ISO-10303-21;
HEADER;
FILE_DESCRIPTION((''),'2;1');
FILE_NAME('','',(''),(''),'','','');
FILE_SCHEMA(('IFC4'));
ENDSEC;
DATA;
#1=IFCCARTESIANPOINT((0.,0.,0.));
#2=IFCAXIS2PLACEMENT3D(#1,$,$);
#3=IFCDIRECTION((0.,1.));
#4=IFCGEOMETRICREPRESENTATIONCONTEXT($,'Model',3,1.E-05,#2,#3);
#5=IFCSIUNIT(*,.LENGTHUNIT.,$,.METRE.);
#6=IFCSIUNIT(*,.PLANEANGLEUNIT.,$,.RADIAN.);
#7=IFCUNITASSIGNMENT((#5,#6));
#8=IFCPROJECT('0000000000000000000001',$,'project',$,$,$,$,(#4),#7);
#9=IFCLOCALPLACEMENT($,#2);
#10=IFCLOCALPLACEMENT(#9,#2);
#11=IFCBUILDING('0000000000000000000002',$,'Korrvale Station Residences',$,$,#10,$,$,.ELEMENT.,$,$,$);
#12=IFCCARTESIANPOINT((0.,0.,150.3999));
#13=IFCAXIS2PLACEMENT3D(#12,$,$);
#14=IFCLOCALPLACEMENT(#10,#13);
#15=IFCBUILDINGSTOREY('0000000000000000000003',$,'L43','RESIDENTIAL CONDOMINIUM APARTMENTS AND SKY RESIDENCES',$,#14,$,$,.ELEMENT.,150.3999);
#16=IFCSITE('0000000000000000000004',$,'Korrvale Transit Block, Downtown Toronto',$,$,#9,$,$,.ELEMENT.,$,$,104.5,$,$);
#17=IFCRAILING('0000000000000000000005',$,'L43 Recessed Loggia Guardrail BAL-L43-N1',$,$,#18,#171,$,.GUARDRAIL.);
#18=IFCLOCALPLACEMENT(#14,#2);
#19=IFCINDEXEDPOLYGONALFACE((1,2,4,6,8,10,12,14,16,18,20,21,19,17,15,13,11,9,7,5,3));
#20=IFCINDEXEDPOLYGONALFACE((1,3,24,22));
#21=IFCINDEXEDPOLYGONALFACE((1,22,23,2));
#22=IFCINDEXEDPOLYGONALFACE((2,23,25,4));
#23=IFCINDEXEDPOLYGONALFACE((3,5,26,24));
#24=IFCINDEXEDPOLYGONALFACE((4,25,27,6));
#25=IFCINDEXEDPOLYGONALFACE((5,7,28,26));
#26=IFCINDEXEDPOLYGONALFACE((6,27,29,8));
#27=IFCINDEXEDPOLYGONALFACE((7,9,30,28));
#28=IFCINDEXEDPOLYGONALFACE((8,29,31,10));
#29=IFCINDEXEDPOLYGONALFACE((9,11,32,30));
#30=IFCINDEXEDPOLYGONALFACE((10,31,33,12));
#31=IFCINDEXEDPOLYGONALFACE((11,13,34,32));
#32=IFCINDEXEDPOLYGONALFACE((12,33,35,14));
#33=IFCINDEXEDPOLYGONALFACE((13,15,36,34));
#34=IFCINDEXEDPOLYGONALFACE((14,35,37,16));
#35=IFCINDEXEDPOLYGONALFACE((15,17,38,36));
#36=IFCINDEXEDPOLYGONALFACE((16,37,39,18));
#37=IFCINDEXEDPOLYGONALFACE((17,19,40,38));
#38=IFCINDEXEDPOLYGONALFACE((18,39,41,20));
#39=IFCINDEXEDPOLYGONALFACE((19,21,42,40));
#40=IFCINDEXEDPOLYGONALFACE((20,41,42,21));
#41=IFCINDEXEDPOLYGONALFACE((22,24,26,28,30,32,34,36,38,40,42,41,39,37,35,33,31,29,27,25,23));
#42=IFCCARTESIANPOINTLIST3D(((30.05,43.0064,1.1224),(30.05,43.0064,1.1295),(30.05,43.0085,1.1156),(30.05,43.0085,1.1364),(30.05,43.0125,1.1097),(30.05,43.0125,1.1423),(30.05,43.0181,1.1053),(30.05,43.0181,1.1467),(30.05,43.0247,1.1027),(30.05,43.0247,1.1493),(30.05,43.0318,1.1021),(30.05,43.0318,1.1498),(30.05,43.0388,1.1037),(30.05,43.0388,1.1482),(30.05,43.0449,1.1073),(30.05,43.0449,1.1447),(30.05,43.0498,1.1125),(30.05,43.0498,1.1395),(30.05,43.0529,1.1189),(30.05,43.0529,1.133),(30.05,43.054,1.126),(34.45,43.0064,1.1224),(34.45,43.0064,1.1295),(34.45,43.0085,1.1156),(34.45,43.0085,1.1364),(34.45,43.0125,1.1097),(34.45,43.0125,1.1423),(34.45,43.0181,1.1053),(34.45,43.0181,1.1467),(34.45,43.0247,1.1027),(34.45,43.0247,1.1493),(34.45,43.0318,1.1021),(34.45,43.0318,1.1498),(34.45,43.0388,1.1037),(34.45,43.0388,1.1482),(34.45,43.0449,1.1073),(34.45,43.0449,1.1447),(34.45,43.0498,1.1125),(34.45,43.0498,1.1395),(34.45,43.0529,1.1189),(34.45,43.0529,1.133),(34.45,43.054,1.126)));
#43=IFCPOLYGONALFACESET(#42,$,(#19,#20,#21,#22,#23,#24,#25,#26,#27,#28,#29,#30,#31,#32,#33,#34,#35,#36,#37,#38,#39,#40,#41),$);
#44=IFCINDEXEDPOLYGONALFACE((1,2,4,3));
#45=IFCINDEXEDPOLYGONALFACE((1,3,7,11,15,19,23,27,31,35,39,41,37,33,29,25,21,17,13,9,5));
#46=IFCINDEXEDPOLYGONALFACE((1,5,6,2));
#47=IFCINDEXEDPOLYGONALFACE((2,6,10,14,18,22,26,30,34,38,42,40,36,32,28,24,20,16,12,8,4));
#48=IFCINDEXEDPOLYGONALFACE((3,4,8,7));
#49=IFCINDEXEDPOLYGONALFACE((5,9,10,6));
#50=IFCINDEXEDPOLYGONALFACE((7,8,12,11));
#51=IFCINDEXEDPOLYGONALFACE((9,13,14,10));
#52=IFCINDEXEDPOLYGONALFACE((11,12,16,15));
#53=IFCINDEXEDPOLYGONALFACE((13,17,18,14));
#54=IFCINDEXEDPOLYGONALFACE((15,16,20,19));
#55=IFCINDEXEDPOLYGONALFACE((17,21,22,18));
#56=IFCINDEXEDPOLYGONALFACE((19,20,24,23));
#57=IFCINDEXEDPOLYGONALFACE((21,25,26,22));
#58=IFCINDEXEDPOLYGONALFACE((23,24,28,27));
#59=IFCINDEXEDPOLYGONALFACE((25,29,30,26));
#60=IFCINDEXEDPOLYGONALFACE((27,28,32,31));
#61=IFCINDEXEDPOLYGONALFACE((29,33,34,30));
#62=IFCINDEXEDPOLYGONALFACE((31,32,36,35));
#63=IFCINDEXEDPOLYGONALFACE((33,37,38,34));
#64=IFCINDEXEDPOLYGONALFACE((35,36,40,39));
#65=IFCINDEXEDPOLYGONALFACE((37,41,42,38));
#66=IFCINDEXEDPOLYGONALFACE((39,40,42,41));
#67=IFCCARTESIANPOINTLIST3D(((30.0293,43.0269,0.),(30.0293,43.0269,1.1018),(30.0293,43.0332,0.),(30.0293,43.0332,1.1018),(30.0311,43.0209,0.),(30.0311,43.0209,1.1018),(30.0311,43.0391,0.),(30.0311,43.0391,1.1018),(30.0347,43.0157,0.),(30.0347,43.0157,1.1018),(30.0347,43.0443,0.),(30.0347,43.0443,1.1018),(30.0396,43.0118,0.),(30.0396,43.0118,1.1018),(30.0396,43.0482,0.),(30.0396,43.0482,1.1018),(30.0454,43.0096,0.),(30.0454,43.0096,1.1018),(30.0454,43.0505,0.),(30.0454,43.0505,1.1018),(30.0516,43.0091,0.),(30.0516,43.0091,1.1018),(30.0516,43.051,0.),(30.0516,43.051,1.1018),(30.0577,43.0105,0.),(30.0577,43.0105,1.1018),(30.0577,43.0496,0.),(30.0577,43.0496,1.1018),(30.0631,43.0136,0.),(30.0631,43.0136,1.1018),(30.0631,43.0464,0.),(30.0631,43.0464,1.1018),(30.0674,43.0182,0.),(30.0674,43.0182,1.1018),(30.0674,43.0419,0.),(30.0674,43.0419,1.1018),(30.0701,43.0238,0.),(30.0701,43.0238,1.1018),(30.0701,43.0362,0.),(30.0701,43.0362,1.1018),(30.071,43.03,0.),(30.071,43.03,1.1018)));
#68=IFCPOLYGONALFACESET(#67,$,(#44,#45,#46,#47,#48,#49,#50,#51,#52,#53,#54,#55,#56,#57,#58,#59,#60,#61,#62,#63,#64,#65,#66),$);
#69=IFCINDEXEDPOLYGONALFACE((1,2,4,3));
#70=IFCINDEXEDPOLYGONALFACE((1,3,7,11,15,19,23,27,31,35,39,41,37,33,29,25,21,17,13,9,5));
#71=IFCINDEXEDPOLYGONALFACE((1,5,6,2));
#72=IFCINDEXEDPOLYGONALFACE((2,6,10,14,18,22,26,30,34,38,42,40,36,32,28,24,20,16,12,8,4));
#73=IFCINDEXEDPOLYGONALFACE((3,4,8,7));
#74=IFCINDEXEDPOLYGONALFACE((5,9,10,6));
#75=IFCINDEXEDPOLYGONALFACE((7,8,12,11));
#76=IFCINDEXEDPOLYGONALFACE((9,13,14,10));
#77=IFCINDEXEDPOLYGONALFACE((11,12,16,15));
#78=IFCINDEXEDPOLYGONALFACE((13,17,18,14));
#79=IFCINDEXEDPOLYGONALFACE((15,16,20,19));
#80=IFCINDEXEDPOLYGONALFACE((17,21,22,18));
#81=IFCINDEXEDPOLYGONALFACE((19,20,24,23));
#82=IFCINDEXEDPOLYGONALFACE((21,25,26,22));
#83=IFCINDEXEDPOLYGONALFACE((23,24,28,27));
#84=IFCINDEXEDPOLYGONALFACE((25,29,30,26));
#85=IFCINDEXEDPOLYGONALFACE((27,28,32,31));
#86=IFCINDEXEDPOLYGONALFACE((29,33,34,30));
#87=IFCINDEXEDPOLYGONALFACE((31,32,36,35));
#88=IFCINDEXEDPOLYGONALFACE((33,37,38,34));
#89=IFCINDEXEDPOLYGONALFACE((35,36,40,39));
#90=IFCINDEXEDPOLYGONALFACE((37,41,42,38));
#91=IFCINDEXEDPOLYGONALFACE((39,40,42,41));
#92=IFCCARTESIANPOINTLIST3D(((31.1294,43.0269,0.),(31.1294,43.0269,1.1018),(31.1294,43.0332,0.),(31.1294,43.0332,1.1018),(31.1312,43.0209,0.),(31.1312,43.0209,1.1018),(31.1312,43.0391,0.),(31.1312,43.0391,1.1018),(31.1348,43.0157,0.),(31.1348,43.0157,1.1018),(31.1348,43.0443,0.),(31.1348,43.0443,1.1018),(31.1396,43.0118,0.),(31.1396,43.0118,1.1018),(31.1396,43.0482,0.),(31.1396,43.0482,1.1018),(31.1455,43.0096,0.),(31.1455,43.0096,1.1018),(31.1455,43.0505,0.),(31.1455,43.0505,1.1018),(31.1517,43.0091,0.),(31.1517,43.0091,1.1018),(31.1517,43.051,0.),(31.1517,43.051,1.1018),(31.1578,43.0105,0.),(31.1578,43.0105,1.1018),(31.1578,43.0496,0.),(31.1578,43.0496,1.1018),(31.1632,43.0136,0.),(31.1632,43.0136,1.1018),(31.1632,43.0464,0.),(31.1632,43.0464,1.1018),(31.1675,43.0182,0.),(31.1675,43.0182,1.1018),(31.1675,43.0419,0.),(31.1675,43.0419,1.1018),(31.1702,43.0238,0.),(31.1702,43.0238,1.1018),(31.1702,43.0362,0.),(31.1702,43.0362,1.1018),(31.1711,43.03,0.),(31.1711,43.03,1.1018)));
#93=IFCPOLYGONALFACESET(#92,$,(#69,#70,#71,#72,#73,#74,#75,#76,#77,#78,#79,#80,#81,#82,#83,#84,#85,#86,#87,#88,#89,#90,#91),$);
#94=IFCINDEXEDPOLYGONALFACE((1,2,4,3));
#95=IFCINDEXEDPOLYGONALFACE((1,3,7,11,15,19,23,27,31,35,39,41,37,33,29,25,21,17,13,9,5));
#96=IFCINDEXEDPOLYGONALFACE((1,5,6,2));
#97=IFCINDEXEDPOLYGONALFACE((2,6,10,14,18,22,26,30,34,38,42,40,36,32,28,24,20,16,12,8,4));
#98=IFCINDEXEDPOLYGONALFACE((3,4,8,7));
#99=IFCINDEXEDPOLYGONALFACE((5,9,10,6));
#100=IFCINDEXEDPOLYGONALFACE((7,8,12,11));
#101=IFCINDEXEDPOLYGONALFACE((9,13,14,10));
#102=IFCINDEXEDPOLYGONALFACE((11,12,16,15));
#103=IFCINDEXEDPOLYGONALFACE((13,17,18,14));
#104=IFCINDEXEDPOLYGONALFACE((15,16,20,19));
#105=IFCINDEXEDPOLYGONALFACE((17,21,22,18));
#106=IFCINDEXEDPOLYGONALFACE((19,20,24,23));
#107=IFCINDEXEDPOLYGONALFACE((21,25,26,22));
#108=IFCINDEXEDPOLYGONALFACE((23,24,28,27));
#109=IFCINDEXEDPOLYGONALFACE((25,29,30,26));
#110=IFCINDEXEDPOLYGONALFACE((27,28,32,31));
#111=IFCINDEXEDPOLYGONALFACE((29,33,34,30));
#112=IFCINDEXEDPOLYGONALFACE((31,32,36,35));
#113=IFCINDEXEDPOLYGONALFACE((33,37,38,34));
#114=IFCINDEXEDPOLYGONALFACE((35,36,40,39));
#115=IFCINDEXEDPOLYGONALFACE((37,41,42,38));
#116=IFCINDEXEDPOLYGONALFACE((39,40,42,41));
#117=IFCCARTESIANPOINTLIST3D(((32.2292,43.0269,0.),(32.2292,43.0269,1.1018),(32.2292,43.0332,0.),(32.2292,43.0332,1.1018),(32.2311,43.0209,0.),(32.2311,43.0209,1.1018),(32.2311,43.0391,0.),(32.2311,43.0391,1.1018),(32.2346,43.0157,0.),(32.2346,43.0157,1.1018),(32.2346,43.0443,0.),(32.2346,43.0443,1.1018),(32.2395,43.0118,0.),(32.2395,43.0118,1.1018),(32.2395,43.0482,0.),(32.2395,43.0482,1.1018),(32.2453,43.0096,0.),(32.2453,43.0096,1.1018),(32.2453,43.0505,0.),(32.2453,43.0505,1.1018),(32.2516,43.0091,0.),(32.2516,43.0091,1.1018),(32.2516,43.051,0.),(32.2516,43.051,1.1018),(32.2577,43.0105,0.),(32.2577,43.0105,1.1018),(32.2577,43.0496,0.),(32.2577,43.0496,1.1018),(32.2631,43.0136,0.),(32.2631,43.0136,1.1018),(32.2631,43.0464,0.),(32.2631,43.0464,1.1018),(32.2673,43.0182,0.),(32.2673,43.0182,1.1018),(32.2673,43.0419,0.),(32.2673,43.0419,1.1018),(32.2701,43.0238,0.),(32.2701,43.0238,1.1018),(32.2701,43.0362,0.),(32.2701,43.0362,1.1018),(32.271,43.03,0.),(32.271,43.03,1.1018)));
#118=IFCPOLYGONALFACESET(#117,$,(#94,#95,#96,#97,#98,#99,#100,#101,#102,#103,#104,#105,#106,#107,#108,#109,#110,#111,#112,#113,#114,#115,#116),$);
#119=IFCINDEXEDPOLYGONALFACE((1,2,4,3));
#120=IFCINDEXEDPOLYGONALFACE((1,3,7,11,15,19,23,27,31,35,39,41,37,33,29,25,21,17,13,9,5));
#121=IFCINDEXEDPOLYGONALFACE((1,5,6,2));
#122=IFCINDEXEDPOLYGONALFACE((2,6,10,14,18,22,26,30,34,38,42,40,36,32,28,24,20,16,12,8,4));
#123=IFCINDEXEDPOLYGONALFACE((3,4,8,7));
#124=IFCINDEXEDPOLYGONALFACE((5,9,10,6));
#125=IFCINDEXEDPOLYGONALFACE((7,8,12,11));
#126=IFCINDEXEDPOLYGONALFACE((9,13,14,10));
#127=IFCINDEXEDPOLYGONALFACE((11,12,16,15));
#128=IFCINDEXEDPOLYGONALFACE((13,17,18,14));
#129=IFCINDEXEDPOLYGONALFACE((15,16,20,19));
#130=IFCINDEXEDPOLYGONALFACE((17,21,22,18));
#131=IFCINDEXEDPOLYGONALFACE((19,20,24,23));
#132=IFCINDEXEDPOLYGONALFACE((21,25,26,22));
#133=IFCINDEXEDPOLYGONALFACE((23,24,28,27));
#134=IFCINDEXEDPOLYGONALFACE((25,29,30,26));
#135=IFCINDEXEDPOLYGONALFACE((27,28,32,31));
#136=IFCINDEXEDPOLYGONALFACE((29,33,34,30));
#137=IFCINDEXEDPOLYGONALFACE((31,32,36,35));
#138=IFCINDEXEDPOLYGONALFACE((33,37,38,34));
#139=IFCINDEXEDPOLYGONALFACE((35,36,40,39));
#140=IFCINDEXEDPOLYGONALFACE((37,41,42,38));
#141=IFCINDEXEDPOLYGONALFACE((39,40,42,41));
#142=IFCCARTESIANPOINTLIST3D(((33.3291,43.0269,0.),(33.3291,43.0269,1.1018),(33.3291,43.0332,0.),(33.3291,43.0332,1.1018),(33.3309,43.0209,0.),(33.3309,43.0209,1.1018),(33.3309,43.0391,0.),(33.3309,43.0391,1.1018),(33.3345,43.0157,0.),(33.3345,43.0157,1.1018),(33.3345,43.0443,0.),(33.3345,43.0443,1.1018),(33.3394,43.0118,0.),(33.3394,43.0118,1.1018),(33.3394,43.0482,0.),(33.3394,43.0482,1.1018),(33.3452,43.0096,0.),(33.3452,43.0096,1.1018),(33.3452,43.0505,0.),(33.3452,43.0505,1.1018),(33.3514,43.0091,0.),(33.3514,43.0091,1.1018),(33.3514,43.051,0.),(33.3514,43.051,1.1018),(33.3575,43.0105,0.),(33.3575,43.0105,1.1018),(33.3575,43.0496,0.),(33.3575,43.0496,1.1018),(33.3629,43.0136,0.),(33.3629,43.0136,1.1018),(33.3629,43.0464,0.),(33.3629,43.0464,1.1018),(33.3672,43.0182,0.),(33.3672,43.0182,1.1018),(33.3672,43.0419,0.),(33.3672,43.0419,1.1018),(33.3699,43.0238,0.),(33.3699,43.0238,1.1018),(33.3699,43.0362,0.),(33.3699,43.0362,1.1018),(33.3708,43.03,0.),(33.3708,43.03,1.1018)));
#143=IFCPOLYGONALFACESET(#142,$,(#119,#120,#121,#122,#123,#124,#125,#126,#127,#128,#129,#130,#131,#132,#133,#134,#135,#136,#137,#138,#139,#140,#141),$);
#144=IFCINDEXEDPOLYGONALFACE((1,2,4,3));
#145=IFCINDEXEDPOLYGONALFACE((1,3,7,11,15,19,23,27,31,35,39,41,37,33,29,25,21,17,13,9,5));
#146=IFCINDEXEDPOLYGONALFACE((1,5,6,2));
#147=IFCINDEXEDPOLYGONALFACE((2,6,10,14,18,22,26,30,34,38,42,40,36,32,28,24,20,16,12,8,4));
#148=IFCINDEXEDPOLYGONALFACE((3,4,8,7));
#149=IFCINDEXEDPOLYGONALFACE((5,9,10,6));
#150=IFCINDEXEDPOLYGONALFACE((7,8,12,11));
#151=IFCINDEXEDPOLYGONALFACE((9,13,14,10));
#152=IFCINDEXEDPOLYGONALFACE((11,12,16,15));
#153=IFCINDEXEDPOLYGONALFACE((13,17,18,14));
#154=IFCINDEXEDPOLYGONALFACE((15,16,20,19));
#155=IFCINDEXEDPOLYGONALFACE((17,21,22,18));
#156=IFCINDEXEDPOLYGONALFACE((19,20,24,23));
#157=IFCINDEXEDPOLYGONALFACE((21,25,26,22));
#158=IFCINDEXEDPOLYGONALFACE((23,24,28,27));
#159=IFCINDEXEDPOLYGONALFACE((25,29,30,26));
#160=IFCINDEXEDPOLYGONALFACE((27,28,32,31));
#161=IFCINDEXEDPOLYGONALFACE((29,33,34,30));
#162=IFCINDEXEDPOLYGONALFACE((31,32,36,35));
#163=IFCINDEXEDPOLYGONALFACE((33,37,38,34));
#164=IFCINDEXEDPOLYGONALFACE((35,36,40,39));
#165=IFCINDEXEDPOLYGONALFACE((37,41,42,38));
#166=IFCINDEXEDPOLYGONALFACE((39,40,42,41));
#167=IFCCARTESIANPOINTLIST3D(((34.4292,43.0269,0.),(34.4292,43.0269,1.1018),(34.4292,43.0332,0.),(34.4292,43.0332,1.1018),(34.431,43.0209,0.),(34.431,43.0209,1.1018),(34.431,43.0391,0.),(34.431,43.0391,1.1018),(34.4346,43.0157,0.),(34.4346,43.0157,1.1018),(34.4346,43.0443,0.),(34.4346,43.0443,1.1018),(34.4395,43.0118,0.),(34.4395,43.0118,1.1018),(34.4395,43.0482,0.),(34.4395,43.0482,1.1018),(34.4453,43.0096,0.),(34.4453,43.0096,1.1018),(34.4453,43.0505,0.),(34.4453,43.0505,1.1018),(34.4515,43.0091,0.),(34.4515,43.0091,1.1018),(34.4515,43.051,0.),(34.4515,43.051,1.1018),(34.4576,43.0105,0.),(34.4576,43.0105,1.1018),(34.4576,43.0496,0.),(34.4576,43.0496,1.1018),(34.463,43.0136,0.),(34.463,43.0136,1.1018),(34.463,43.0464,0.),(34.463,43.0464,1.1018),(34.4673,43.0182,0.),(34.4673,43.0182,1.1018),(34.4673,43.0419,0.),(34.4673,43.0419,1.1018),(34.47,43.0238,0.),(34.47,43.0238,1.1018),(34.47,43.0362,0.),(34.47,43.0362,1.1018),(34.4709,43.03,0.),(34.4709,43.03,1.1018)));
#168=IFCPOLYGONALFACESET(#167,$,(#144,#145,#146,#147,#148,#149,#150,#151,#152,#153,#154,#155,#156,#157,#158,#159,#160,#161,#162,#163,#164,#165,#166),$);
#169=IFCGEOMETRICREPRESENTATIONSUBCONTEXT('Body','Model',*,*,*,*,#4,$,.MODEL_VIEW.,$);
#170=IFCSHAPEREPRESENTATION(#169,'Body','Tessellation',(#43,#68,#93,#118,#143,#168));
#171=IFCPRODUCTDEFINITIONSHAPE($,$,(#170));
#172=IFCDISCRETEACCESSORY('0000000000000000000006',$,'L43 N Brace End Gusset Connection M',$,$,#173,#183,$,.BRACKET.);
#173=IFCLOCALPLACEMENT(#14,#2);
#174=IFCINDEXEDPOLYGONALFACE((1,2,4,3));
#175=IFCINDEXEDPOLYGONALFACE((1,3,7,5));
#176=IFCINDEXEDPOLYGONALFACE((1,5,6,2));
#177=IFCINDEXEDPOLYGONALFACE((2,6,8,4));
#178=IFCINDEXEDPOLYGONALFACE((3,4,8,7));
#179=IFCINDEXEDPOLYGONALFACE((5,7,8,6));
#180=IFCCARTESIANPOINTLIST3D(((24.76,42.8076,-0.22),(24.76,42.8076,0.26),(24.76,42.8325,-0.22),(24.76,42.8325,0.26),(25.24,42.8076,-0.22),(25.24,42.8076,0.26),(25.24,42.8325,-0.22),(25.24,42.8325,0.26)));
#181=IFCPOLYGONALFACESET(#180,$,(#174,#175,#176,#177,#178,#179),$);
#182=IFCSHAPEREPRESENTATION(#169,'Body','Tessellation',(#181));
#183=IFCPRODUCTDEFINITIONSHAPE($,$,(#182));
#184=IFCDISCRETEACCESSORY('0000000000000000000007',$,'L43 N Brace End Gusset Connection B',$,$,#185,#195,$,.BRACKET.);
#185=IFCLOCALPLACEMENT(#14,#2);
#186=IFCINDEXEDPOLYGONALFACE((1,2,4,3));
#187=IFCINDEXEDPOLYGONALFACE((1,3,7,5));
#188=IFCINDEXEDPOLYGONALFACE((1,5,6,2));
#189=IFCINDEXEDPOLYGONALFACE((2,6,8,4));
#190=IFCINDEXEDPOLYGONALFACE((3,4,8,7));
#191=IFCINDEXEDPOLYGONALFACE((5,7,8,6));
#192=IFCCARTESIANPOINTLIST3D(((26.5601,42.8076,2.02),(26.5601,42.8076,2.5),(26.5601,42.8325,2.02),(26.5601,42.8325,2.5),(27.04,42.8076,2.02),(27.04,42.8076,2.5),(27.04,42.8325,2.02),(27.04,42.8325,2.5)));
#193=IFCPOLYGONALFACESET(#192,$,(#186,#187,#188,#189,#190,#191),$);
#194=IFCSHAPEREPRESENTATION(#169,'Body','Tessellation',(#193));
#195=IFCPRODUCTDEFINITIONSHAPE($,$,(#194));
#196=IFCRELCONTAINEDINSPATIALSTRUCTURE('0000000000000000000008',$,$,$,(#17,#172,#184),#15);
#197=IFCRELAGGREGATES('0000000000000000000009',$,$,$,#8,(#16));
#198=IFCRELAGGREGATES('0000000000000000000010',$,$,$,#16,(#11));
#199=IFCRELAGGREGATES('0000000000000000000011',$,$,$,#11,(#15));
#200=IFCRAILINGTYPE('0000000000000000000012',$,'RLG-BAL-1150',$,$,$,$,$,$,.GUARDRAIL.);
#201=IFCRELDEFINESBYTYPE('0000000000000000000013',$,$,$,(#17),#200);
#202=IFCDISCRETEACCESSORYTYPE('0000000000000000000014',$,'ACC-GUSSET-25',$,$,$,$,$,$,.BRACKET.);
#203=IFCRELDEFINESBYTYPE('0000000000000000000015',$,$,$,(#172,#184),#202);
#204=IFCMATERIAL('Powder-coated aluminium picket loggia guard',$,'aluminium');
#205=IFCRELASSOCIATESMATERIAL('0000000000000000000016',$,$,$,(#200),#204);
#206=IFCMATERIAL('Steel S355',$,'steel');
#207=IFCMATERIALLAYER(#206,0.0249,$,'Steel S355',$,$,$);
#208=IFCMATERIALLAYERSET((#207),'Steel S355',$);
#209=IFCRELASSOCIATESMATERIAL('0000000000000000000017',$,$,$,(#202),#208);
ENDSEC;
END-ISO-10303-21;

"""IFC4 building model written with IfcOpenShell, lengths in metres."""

from ifc_helpers import new_model, si_unit, direction, frame, origin, origin_2d, place, context, subcontext, project, spatial, rectangle, circle, extrude, material, layer, layer_set, type_object, element, save


model = new_model("IFC4")

# Units and contexts
model_context = context("Model", 3, precision=1e-05, world=origin(), true_north=direction((0.0, 1.0)))
body_context = subcontext(model_context, "Body", "Model", "MODEL_VIEW")
ifc_project = project(units=[si_unit("LENGTHUNIT", "METRE"), si_unit("PLANEANGLEUNIT", "RADIAN")], contexts=[model_context])

# Site, building, storey
site_placement = place(None, origin())
site = spatial("IfcSite", under=ifc_project, at=site_placement, Name="Korrvale Transit Block, Downtown Toronto", CompositionType="ELEMENT", RefElevation=104.5)
building_placement = place(site_placement, origin())
building = spatial("IfcBuilding", under=site, at=building_placement, Name="Korrvale Station Residences", CompositionType="ELEMENT")
storey_placement = place(building_placement, frame((0.0, 0.0, 150.3999)))
storey = spatial("IfcBuildingStorey", under=building, at=storey_placement, Name="L43", Description="RESIDENTIAL CONDOMINIUM APARTMENTS AND SKY RESIDENCES", CompositionType="ELEMENT", Elevation=150.3999)

# Shared definitions
ifc_material_1 = material(Name="Steel S355", Category="steel")

# Railing
ifc_material_2 = material(Name="Powder-coated aluminium picket loggia guard", Category="aluminium")
railing_type = type_object("IfcRailingType", Name="RLG-BAL-1150", PredefinedType="GUARDRAIL", material=ifc_material_2)
railing_placement = place(storey_placement, frame((30.05, 43.03, 0.0)))
element("IfcRailing", 1, at=railing_placement, inside=storey, type_object=railing_type, Name="L43 Recessed Loggia Guardrail BAL-L43-N1", PredefinedType="GUARDRAIL", context=body_context, shape_type="SweptSolid", body=[
    extrude(circle(Radius=0.0239, at=origin_2d()), frame((0.0, 0.0, 1.126), z_axis=(1.0, 0.0, 0.0), x_axis=(0.0, 1.0, 0.0)), (0.0, 0.0, 1.0), 4.3999),
    extrude(circle(Radius=0.021, at=origin_2d()), origin(), (0.0, 0.0, 1.0), 1.1018),
    extrude(circle(Radius=0.021, at=origin_2d()), frame((1.1001, 0.0, 0.0)), (0.0, 0.0, 1.0), 1.1018),
    extrude(circle(Radius=0.021, at=origin_2d()), frame((2.2, 0.0, 0.0)), (0.0, 0.0, 1.0), 1.1018),
    extrude(circle(Radius=0.021, at=origin_2d()), frame((3.2998, 0.0, 0.0)), (0.0, 0.0, 1.0), 1.1018),
    extrude(circle(Radius=0.021, at=origin_2d()), frame((4.3999, 0.0, 0.0)), (0.0, 0.0, 1.0), 1.1018),
])

# Discrete accessories
ifc_layer_1 = layer(ifc_material_1, 0.0249, Name="Steel S355")
ifc_layer_set_1 = layer_set([ifc_layer_1], Name="Steel S355")
discrete_accessory_type = type_object("IfcDiscreteAccessoryType", Name="ACC-GUSSET-25", PredefinedType="BRACKET", material=ifc_layer_set_1)
for number, where, z_axis, x_axis, name in (
    (2, (25.0, 42.8201, -0.22), (0.0, 0.0, 1.0), (1.0, 0.0, 0.0), "L43 N Brace End Gusset Connection M"),
    (3, (26.8, 42.8201, 2.02), (0.0, 0.0, 1.0), (1.0, 0.0, 0.0), "L43 N Brace End Gusset Connection B"),
):
    element("IfcDiscreteAccessory", number, at=place(storey_placement, frame(where, z_axis=z_axis, x_axis=x_axis)), inside=storey, type_object=discrete_accessory_type, Name=name, PredefinedType="BRACKET", context=body_context, shape_type="SweptSolid", body=[
        extrude(rectangle(XDim=0.48, YDim=0.0249, at=origin_2d()), origin(), (0.0, 0.0, 1.0), 0.48),
    ])

save(model, "model.ifc")
